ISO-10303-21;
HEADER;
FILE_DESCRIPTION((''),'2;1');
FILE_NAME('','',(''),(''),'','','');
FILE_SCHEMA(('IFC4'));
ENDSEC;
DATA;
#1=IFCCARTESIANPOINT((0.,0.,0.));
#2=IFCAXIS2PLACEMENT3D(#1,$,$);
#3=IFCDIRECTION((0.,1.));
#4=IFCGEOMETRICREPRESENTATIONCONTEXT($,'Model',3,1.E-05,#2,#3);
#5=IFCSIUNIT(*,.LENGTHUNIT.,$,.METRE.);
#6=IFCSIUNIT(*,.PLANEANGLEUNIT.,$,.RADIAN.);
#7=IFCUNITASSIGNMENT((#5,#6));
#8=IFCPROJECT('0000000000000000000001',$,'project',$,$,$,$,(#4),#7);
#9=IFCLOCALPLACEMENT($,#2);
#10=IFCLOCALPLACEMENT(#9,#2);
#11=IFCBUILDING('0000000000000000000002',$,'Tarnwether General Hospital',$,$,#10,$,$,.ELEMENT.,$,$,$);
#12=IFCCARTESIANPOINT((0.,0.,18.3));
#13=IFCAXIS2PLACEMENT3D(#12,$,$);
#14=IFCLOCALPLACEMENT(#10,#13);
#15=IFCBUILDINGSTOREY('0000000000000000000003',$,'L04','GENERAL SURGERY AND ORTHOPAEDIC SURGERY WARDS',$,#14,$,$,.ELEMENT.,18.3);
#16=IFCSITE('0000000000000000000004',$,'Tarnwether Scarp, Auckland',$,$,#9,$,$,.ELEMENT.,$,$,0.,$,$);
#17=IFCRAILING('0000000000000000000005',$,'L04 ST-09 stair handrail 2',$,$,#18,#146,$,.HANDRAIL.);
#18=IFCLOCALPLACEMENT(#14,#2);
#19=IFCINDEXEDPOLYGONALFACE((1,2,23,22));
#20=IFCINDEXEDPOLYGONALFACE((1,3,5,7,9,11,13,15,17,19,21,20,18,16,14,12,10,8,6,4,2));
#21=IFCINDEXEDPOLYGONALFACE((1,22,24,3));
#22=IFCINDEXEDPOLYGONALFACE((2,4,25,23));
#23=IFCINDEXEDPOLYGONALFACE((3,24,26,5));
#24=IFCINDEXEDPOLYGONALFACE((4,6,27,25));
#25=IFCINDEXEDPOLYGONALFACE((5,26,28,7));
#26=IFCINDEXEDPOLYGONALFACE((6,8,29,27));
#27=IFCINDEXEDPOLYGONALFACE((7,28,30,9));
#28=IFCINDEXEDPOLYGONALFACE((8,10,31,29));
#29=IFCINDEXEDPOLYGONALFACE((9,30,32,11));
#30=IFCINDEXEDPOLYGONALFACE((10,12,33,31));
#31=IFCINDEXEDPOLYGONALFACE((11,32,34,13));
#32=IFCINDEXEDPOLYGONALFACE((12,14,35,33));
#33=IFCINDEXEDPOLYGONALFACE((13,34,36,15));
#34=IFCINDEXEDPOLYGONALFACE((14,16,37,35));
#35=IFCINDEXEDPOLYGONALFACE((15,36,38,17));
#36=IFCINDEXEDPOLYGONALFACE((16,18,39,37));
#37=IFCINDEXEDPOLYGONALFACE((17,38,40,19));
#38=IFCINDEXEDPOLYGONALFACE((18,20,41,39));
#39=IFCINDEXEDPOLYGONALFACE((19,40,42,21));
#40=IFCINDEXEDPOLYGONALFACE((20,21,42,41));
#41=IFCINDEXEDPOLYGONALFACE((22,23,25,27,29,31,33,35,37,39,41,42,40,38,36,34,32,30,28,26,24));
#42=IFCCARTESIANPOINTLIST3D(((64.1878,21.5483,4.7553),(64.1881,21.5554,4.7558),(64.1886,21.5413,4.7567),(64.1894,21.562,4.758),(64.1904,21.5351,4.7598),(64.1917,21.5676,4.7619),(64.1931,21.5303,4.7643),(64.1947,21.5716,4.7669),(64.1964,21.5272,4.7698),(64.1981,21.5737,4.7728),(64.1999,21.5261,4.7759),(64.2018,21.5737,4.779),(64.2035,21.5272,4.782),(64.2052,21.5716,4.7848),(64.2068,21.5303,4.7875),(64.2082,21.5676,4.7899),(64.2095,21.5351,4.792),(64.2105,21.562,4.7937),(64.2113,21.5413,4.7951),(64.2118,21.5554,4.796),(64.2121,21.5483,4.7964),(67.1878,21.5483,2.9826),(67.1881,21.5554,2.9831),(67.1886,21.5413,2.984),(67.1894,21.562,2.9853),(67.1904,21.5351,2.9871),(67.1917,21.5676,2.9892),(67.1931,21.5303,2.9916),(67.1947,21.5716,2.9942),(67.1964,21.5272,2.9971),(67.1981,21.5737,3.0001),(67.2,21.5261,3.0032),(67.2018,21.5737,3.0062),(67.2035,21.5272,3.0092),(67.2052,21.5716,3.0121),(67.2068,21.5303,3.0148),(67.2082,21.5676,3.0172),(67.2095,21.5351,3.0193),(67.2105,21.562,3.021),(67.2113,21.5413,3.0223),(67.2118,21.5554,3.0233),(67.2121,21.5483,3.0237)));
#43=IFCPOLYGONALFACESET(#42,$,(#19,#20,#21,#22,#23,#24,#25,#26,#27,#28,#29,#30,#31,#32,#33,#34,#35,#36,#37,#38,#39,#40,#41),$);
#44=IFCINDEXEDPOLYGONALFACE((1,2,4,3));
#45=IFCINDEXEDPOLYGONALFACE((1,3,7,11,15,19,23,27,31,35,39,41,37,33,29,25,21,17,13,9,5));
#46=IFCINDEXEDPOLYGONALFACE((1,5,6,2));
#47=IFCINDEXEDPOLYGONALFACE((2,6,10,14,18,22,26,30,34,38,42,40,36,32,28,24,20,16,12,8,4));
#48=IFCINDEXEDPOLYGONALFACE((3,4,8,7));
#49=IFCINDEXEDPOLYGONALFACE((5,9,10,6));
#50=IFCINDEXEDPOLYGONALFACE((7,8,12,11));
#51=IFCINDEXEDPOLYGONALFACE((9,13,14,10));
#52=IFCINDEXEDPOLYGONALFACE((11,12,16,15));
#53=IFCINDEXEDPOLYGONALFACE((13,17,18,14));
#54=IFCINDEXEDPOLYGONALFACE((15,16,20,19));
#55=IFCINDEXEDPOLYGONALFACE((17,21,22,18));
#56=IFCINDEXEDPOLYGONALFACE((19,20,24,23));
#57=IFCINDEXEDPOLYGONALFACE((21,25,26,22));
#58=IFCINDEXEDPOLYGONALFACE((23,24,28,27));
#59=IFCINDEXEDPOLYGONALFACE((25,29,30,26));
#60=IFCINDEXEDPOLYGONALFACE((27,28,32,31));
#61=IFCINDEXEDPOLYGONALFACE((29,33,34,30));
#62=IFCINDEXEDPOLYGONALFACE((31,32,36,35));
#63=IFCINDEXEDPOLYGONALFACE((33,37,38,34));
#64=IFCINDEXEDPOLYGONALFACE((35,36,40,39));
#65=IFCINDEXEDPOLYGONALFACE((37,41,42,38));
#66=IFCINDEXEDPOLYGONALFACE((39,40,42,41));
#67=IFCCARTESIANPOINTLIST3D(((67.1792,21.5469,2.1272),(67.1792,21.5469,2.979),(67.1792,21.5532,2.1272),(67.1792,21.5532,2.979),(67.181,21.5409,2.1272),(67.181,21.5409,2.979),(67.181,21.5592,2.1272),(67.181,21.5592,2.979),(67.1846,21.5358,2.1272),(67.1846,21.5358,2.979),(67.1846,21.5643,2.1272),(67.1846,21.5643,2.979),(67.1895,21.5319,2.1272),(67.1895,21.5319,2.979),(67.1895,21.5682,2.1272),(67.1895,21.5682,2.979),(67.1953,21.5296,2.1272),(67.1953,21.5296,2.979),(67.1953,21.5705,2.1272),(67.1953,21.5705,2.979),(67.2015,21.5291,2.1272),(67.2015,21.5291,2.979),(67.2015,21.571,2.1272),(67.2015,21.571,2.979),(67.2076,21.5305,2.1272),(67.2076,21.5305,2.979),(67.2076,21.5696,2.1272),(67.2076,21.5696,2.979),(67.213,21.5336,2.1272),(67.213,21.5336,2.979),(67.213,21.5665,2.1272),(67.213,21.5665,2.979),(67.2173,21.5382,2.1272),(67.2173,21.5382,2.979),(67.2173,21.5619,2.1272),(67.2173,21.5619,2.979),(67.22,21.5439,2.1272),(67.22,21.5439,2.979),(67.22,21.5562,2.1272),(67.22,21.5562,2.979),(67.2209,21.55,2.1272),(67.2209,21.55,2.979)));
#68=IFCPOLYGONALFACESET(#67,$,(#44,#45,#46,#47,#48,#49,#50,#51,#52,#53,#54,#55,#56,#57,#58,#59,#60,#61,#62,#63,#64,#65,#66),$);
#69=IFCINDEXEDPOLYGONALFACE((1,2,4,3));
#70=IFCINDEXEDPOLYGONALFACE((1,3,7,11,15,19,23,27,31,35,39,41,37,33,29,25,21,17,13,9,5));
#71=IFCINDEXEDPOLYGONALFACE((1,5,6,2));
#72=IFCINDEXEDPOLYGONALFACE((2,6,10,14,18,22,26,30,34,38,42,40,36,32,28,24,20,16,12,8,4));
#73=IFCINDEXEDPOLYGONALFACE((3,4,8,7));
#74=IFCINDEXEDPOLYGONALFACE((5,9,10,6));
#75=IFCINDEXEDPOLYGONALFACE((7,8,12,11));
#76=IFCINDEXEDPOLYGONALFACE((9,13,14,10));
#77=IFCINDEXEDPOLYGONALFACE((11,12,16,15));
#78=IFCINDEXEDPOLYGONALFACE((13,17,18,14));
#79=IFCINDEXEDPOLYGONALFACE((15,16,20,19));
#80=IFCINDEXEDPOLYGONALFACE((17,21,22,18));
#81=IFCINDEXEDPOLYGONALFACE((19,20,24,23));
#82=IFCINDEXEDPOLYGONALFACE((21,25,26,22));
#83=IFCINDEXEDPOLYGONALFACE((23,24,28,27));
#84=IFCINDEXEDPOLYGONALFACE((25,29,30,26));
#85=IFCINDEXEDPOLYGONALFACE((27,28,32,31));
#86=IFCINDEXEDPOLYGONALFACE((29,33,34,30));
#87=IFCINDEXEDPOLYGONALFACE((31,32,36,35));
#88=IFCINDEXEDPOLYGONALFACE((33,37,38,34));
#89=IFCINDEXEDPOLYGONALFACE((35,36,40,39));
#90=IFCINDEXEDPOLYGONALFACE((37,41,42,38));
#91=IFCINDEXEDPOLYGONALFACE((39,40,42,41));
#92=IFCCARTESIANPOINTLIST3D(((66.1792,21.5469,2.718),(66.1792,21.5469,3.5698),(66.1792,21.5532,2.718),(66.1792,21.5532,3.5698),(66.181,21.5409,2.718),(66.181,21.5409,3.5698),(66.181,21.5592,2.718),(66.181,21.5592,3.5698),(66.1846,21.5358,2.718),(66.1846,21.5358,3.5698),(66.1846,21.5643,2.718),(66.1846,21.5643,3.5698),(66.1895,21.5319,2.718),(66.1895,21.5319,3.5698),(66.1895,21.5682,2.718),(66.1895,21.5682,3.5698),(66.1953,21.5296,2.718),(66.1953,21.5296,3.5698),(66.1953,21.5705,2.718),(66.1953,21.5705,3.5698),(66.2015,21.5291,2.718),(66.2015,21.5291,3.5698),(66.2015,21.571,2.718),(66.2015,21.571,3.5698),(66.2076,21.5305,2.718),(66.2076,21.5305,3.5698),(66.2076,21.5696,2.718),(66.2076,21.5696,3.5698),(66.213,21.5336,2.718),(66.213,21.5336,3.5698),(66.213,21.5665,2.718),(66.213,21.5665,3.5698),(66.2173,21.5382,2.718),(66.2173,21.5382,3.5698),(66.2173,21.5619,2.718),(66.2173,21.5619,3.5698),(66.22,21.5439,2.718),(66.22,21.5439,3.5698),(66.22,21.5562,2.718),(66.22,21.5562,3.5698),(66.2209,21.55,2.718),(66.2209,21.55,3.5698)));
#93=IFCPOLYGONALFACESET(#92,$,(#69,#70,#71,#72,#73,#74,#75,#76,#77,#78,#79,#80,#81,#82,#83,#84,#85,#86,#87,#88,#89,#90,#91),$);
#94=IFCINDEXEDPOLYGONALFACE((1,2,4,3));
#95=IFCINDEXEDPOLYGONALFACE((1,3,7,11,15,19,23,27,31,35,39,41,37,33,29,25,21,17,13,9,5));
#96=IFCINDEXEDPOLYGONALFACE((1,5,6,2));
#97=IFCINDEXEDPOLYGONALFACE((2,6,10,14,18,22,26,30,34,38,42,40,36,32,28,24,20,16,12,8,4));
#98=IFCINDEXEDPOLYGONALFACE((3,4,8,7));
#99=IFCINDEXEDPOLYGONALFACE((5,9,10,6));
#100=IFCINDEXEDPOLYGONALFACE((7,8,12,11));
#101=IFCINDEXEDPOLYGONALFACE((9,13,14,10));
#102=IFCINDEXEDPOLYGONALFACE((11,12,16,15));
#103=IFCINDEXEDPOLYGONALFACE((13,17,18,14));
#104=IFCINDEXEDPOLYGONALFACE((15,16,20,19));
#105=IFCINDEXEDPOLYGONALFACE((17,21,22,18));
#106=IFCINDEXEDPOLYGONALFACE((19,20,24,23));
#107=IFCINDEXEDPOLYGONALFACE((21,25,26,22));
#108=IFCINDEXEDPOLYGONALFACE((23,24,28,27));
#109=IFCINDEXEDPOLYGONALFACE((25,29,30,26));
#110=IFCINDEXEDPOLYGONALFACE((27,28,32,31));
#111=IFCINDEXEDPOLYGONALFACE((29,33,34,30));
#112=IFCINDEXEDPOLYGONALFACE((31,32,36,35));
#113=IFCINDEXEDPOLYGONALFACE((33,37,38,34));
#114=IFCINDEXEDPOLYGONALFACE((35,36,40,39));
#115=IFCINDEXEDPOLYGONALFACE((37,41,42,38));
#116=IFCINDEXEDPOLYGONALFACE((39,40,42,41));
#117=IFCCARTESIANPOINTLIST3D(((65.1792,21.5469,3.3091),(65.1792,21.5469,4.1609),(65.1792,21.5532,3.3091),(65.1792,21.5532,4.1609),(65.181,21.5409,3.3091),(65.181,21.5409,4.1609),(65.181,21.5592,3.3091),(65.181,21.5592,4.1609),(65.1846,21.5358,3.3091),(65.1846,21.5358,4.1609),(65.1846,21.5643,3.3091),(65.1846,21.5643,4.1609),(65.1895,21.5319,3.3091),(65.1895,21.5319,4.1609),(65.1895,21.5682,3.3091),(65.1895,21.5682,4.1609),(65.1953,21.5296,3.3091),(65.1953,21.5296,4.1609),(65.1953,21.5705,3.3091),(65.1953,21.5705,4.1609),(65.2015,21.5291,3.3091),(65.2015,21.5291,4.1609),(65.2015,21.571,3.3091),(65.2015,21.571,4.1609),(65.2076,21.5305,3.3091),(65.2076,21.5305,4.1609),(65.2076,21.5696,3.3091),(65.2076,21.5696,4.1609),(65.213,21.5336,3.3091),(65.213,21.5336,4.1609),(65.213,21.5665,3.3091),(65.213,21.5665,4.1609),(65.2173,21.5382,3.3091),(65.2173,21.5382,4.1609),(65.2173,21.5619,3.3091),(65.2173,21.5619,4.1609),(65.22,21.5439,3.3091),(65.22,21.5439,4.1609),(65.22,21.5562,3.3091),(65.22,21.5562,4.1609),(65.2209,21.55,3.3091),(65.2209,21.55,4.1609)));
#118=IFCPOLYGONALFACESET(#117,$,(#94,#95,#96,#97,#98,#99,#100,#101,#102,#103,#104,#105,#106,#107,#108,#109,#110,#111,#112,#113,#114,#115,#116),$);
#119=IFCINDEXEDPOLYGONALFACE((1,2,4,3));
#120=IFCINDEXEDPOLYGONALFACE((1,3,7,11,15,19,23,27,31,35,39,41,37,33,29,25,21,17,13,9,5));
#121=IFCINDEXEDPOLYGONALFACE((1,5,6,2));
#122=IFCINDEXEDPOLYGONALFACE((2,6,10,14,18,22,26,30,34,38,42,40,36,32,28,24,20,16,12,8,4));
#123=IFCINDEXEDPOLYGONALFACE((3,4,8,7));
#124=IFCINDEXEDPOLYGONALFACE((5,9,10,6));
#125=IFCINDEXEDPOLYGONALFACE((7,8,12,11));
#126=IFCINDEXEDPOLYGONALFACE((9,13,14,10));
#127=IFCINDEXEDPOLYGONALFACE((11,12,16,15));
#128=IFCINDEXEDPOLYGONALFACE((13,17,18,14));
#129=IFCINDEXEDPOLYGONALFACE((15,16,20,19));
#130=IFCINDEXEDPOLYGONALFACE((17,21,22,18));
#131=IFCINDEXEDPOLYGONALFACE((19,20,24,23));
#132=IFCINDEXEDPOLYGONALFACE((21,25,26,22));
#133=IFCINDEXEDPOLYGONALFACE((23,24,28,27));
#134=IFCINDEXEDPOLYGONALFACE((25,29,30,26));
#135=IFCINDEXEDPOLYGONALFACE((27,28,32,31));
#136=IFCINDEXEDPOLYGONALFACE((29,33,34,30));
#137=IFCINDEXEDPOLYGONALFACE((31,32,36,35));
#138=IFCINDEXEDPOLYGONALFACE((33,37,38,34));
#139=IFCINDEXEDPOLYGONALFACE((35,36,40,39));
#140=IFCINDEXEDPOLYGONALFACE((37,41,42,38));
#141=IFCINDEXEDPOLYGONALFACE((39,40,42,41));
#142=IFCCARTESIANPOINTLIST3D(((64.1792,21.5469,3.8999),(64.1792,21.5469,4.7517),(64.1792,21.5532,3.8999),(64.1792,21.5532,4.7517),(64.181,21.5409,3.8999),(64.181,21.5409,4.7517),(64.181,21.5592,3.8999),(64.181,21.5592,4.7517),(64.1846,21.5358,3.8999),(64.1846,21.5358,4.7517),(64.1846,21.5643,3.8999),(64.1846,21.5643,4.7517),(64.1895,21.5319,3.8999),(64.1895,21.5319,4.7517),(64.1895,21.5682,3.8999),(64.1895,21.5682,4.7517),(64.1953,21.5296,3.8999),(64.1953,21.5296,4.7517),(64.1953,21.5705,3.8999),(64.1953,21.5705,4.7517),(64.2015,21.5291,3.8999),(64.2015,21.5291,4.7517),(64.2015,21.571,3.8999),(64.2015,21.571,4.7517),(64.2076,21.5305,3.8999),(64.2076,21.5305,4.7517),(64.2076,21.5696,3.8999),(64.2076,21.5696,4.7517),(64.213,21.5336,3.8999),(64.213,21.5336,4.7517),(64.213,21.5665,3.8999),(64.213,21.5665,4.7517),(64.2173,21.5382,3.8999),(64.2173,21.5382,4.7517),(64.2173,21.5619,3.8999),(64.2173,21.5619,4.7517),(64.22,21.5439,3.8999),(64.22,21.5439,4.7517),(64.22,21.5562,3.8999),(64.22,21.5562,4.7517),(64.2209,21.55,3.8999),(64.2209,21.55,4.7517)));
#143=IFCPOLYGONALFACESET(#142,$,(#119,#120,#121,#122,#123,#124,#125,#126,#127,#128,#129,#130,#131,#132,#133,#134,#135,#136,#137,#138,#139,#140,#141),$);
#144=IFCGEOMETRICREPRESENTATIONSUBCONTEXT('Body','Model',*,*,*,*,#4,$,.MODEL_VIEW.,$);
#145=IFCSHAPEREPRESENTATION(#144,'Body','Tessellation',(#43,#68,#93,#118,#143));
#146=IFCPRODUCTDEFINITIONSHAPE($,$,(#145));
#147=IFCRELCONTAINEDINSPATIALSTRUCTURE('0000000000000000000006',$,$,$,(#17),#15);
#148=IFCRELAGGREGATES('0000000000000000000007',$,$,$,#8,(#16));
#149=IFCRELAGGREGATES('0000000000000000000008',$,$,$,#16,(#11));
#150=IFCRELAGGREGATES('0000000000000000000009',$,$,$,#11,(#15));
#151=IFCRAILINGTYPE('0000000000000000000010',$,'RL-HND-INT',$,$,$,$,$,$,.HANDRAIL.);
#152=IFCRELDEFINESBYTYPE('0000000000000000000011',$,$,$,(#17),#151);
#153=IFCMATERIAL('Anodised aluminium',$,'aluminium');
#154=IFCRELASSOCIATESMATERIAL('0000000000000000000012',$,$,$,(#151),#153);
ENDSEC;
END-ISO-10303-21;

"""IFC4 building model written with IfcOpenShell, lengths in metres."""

from ifc_helpers import new_model, si_unit, direction, frame, origin, origin_2d, place, context, subcontext, project, spatial, circle, extrude, material, type_object, element, save


model = new_model("IFC4")

# Units and contexts
model_context = context("Model", 3, precision=1e-05, world=origin(), true_north=direction((0.0, 1.0)))
body_context = subcontext(model_context, "Body", "Model", "MODEL_VIEW")
ifc_project = project(units=[si_unit("LENGTHUNIT", "METRE"), si_unit("PLANEANGLEUNIT", "RADIAN")], contexts=[model_context])

# Site, building, storey
site_placement = place(None, origin())
site = spatial("IfcSite", under=ifc_project, at=site_placement, Name="Tarnwether Scarp, Auckland", CompositionType="ELEMENT", RefElevation=0.0)
building_placement = place(site_placement, origin())
building = spatial("IfcBuilding", under=site, at=building_placement, Name="Tarnwether General Hospital", CompositionType="ELEMENT")
storey_placement = place(building_placement, frame((0.0, 0.0, 18.3)))
storey = spatial("IfcBuildingStorey", under=building, at=storey_placement, Name="L04", Description="GENERAL SURGERY AND ORTHOPAEDIC SURGERY WARDS", CompositionType="ELEMENT", Elevation=18.3)

# Railing
ifc_material_1 = material(Name="Anodised aluminium", Category="aluminium")
railing_type_1 = type_object("IfcRailingType", Name="RL-HND-INT", PredefinedType="HANDRAIL", material=ifc_material_1)
railing_1_placement = place(storey_placement, frame((67.2, 21.55, 2.1272)))
element("IfcRailing", 1, at=railing_1_placement, inside=storey, type_object=railing_type_1, Name="L04 ST-09 stair handrail 2", PredefinedType="HANDRAIL", context=body_context, shape_type="SweptSolid", body=[
    extrude(circle(Radius=0.0239, at=origin_2d()), frame((0.0, 0.0, 0.876), z_axis=(-0.860929, 0.0, 0.508725), x_axis=(0.0, -1.0, 0.0)), (0.0, 0.0, 1.0), 3.4846),
    extrude(circle(Radius=0.021, at=origin_2d()), origin(), (0.0, 0.0, 1.0), 0.8518),
    extrude(circle(Radius=0.021, at=origin_2d()), frame((-1.0, 0.0, 0.5908)), (0.0, 0.0, 1.0), 0.8518),
    extrude(circle(Radius=0.021, at=origin_2d()), frame((-2.0, 0.0, 1.1819)), (0.0, 0.0, 1.0), 0.8518),
    extrude(circle(Radius=0.021, at=origin_2d()), frame((-3.0, 0.0, 1.7727)), (0.0, 0.0, 1.0), 0.8518),
])

save(model, "model.ifc")
